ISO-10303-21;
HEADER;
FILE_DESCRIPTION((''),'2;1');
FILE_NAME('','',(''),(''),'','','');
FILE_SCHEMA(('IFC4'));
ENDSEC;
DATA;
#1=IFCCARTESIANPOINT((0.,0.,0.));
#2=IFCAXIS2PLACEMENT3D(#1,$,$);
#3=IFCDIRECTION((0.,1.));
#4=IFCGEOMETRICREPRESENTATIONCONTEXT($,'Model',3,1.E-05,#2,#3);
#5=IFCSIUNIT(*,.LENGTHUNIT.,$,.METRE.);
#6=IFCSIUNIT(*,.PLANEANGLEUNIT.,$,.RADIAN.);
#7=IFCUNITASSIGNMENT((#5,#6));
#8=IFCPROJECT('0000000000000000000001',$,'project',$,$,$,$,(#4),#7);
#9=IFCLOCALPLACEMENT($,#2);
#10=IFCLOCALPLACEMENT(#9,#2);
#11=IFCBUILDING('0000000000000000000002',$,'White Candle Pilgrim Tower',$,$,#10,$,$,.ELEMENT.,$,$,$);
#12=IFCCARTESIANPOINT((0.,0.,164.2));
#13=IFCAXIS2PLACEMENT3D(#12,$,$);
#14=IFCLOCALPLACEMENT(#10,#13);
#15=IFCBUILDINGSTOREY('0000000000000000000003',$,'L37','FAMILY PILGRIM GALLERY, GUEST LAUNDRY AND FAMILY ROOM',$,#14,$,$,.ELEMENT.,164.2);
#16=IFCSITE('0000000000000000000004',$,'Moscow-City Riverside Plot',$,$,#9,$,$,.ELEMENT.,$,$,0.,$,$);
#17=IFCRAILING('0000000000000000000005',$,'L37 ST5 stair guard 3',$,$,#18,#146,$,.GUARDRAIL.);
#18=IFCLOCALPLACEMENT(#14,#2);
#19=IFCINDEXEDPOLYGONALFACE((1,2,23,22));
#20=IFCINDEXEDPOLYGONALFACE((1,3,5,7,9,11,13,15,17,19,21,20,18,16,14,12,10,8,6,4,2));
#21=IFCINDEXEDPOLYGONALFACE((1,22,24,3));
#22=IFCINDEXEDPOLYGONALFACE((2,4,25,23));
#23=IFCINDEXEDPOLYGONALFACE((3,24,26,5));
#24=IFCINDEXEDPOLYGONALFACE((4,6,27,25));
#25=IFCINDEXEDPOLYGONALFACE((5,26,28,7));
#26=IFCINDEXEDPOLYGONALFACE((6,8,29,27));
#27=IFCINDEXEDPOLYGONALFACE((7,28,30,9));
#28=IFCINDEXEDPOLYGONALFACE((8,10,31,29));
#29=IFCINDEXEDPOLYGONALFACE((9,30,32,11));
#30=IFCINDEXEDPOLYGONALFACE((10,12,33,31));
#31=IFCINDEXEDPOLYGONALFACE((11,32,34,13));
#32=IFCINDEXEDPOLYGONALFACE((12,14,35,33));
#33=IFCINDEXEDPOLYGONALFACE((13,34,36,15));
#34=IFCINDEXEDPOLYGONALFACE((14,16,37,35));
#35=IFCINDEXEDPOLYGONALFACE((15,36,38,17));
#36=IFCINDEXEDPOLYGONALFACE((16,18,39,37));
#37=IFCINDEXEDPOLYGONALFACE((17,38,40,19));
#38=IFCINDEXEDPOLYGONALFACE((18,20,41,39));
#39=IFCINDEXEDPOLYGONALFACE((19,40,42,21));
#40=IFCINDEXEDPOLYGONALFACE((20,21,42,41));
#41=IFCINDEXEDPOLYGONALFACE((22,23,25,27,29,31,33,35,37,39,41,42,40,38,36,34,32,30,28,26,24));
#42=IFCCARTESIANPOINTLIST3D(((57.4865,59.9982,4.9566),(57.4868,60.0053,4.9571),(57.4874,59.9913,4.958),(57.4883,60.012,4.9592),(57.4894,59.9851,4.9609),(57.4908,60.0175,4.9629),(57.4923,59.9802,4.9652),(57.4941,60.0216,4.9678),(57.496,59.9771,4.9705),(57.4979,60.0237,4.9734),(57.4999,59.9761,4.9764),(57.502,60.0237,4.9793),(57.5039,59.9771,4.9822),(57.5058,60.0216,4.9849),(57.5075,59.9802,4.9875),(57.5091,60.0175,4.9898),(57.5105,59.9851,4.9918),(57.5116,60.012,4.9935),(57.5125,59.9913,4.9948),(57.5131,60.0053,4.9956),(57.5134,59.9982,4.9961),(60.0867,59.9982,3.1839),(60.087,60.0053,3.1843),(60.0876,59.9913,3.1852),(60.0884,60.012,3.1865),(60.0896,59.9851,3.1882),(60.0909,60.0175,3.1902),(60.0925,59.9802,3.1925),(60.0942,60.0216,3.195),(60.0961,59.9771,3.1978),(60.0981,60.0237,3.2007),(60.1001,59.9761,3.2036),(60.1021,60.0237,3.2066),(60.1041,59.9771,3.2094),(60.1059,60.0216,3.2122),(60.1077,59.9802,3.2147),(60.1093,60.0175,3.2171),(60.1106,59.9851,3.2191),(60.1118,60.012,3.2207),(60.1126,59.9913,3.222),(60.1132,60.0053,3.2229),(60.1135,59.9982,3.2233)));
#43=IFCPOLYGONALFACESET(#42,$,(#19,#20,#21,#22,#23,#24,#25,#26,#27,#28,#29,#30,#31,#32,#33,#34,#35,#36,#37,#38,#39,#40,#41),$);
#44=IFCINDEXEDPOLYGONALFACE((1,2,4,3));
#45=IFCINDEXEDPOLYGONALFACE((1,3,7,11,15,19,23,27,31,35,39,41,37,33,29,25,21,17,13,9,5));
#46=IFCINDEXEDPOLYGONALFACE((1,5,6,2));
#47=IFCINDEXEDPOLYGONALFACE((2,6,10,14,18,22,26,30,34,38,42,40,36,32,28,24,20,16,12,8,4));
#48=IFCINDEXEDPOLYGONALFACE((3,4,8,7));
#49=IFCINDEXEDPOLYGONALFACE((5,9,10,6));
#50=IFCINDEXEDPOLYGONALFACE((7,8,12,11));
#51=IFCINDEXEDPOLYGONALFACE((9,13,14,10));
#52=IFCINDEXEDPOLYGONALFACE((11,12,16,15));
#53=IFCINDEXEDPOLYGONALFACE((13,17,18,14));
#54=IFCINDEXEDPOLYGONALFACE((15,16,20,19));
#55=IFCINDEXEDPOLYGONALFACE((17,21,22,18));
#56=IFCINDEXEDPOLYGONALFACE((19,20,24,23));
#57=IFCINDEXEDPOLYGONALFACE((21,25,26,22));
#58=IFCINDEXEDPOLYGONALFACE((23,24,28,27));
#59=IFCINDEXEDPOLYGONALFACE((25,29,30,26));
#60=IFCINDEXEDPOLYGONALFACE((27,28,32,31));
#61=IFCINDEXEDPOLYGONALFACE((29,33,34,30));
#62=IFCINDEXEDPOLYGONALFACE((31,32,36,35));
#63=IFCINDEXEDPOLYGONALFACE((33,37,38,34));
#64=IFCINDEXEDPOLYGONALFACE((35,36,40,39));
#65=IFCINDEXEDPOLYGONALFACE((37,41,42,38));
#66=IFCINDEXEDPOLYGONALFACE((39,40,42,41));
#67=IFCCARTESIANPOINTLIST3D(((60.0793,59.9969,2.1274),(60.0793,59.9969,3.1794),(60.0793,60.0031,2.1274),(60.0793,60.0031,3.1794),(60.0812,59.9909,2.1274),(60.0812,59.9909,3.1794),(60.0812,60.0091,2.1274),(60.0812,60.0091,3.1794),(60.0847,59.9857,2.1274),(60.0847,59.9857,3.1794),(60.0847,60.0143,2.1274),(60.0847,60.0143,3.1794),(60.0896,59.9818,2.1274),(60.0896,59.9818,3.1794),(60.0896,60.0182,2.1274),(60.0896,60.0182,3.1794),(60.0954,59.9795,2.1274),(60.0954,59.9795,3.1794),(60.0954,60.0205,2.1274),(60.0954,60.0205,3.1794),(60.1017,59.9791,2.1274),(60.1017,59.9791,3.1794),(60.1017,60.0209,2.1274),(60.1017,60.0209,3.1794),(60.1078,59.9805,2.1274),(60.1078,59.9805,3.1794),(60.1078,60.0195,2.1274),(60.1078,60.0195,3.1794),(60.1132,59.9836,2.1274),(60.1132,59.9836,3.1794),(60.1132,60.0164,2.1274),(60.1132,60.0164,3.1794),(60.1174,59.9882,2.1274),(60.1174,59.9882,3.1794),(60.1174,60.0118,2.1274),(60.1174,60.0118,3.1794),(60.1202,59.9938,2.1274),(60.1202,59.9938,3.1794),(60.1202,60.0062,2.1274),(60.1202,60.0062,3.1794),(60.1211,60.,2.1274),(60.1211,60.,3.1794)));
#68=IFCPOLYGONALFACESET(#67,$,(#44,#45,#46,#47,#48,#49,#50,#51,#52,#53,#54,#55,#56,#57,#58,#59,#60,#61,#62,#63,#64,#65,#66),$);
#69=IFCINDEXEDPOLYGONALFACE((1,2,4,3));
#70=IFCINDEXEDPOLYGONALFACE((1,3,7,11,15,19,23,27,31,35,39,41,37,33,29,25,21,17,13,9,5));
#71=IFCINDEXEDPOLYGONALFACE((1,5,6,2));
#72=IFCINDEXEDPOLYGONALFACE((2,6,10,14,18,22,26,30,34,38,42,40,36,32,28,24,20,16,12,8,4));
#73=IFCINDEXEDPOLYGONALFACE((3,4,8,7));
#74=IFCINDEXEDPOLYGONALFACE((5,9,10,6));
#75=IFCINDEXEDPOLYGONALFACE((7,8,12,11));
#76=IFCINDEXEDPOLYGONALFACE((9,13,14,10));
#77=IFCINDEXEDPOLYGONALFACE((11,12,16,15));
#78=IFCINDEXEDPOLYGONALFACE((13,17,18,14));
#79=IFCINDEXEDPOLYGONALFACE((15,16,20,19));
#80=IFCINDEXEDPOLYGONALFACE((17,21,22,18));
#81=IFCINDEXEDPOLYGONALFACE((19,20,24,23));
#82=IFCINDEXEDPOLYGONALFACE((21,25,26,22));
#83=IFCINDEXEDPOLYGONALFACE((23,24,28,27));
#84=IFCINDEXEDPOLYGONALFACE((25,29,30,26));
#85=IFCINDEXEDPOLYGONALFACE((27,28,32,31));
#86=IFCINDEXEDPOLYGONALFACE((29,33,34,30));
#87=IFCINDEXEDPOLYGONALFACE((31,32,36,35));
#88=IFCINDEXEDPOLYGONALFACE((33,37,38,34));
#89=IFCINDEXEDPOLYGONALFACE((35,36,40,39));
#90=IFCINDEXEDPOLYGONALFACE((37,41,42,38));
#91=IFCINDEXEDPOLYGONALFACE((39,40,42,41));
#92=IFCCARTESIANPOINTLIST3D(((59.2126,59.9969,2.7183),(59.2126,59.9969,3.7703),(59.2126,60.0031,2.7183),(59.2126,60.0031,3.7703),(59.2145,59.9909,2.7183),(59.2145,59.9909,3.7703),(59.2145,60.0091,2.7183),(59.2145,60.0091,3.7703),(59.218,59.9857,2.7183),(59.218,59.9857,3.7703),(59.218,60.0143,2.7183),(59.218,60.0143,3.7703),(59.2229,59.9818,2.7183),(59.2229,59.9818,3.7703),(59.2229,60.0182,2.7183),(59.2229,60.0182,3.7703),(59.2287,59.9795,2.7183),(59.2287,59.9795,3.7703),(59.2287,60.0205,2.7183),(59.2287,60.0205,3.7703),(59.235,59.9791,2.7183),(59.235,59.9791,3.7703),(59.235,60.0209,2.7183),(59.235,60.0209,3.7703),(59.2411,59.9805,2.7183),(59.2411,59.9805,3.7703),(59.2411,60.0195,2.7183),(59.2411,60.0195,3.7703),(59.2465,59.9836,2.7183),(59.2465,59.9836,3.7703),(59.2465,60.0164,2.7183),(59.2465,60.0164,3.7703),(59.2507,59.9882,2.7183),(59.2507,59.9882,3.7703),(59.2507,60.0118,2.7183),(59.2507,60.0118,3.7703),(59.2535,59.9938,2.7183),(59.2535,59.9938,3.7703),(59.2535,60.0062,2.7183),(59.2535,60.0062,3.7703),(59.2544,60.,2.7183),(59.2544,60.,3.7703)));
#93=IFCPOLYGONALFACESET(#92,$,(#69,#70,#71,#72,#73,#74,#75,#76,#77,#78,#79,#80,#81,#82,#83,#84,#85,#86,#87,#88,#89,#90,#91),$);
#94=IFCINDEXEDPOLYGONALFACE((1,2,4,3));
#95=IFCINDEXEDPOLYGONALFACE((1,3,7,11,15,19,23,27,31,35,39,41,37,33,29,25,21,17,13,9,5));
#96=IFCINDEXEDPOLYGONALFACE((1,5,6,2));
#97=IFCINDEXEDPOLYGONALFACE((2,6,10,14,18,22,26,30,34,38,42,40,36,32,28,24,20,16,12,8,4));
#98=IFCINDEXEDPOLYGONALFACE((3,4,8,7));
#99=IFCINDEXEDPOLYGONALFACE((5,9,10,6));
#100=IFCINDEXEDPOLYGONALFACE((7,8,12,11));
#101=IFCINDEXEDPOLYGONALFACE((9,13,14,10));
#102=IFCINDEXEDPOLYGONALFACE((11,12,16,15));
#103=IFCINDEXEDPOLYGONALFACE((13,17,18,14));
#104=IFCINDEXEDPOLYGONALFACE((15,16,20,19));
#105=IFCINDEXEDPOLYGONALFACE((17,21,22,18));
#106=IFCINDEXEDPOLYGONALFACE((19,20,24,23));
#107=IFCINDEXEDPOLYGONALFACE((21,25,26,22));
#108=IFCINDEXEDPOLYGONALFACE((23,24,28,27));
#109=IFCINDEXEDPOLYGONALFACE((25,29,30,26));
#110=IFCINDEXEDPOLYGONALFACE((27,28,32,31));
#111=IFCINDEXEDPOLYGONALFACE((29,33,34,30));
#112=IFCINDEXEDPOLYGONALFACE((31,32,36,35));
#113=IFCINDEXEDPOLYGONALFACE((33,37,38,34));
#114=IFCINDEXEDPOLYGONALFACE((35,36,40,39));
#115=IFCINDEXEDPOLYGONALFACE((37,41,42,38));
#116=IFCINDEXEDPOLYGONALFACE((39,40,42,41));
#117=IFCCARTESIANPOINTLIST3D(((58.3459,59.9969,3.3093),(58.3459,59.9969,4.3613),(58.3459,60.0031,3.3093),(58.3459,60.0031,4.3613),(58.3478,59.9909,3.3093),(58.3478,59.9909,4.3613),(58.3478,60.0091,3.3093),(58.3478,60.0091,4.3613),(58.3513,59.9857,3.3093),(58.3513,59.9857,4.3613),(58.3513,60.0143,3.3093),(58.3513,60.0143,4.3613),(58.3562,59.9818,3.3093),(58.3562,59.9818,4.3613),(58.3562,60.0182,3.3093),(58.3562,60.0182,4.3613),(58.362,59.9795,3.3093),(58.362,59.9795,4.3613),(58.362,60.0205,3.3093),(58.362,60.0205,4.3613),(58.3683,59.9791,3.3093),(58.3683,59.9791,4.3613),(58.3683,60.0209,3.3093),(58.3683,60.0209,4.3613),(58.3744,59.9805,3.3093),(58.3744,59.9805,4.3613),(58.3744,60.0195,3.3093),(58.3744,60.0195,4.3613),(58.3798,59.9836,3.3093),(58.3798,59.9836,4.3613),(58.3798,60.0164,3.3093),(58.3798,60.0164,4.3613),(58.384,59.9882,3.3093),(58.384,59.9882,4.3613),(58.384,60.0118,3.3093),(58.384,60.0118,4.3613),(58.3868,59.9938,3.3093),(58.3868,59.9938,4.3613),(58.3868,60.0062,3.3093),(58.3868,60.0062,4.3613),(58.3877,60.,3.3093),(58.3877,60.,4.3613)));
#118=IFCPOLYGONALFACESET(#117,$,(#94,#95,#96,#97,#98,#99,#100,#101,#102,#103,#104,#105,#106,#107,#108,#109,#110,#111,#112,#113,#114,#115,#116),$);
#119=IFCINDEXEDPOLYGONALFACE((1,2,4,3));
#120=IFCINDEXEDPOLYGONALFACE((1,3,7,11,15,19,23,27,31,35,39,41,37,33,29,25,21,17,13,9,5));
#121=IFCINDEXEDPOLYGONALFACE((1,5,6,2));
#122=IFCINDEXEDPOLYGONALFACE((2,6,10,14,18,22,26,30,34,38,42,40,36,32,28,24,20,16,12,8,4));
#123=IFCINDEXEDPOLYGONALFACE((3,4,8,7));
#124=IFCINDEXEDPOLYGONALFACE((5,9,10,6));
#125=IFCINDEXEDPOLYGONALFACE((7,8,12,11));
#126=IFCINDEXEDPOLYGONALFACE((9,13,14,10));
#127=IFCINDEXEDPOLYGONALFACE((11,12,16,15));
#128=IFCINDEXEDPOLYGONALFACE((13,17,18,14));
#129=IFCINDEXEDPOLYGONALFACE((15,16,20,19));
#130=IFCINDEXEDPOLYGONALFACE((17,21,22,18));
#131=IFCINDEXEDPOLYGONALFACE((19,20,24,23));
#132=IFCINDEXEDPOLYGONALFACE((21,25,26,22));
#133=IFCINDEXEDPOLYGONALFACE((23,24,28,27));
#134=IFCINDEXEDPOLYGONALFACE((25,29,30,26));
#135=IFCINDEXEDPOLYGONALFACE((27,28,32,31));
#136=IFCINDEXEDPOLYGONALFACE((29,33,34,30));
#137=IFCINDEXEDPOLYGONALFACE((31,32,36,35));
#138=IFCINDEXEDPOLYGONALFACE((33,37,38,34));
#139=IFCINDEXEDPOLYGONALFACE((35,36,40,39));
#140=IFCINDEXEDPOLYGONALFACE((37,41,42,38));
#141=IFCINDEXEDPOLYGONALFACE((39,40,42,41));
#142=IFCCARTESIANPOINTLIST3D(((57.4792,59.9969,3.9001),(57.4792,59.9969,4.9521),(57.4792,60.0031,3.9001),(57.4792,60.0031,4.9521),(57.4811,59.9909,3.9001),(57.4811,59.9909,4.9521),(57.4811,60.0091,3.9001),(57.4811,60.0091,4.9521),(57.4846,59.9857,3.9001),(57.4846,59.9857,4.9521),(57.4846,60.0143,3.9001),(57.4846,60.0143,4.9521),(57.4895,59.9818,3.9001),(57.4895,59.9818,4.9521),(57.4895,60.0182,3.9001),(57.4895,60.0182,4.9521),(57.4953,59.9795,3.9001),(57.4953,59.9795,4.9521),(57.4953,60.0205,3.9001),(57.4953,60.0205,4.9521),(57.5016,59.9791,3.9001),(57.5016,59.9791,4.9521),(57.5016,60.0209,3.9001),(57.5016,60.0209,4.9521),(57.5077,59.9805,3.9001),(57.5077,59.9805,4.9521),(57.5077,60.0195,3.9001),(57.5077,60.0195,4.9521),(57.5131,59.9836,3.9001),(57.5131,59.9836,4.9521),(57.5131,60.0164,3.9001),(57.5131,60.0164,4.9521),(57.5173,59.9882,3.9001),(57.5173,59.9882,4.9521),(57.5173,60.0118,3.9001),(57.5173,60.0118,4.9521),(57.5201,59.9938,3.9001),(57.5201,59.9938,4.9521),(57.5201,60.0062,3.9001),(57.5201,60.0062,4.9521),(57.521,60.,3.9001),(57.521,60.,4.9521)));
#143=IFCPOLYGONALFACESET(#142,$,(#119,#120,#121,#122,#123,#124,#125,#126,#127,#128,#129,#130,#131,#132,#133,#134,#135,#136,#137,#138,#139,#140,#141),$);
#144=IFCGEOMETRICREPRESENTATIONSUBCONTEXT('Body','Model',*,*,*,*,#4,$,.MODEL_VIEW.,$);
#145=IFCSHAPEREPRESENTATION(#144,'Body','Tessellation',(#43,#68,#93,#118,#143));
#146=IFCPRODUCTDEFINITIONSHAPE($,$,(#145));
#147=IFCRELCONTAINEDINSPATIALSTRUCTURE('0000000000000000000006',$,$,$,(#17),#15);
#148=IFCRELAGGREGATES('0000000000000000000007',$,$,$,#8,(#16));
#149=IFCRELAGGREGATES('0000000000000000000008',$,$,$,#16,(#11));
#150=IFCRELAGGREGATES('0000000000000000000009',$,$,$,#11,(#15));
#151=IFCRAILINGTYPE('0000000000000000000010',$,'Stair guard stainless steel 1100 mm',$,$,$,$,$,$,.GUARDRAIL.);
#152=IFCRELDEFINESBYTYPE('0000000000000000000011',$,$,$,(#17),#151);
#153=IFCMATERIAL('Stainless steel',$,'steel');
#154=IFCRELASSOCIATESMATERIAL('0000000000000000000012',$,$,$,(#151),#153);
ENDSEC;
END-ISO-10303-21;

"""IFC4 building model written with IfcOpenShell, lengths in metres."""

from ifc_helpers import new_model, si_unit, direction, frame, origin, origin_2d, place, context, subcontext, project, spatial, circle, extrude, material, type_object, element, save


model = new_model("IFC4")

# Units and contexts
model_context = context("Model", 3, precision=1e-05, world=origin(), true_north=direction((0.0, 1.0)))
body_context = subcontext(model_context, "Body", "Model", "MODEL_VIEW")
ifc_project = project(units=[si_unit("LENGTHUNIT", "METRE"), si_unit("PLANEANGLEUNIT", "RADIAN")], contexts=[model_context])

# Site, building, storey
site_placement = place(None, origin())
site = spatial("IfcSite", under=ifc_project, at=site_placement, Name="Moscow-City Riverside Plot", CompositionType="ELEMENT", RefElevation=0.0)
building_placement = place(site_placement, origin())
building = spatial("IfcBuilding", under=site, at=building_placement, Name="White Candle Pilgrim Tower", CompositionType="ELEMENT")
storey_placement = place(building_placement, frame((0.0, 0.0, 164.2)))
storey = spatial("IfcBuildingStorey", under=building, at=storey_placement, Name="L37", Description="FAMILY PILGRIM GALLERY, GUEST LAUNDRY AND FAMILY ROOM", CompositionType="ELEMENT", Elevation=164.2)

# Railing
ifc_material_1 = material(Name="Stainless steel", Category="steel")
railing_type_1 = type_object("IfcRailingType", Name="Stair guard stainless steel 1100 mm", PredefinedType="GUARDRAIL", material=ifc_material_1)
railing_1_placement = place(storey_placement, frame((60.1001, 60.0, 2.1274)))
element("IfcRailing", 1, at=railing_1_placement, inside=storey, type_object=railing_type_1, Name="L37 ST5 stair guard 3", PredefinedType="GUARDRAIL", context=body_context, shape_type="SweptSolid", body=[
    extrude(circle(Radius=0.0239, at=origin_2d()), frame((0.0, 0.0, 1.0762), z_axis=(-0.82624, 0.0, 0.563318), x_axis=(0.0, -1.0, 0.0)), (0.0, 0.0, 1.0), 3.147),
    extrude(circle(Radius=0.021, at=origin_2d()), origin(), (0.0, 0.0, 1.0), 1.052),
    extrude(circle(Radius=0.021, at=origin_2d()), frame((-0.8667, 0.0, 0.5908)), (0.0, 0.0, 1.0), 1.052),
    extrude(circle(Radius=0.021, at=origin_2d()), frame((-1.7334, 0.0, 1.1819)), (0.0, 0.0, 1.0), 1.052),
    extrude(circle(Radius=0.021, at=origin_2d()), frame((-2.6001, 0.0, 1.7727)), (0.0, 0.0, 1.0), 1.052),
])

save(model, "model.ifc")
